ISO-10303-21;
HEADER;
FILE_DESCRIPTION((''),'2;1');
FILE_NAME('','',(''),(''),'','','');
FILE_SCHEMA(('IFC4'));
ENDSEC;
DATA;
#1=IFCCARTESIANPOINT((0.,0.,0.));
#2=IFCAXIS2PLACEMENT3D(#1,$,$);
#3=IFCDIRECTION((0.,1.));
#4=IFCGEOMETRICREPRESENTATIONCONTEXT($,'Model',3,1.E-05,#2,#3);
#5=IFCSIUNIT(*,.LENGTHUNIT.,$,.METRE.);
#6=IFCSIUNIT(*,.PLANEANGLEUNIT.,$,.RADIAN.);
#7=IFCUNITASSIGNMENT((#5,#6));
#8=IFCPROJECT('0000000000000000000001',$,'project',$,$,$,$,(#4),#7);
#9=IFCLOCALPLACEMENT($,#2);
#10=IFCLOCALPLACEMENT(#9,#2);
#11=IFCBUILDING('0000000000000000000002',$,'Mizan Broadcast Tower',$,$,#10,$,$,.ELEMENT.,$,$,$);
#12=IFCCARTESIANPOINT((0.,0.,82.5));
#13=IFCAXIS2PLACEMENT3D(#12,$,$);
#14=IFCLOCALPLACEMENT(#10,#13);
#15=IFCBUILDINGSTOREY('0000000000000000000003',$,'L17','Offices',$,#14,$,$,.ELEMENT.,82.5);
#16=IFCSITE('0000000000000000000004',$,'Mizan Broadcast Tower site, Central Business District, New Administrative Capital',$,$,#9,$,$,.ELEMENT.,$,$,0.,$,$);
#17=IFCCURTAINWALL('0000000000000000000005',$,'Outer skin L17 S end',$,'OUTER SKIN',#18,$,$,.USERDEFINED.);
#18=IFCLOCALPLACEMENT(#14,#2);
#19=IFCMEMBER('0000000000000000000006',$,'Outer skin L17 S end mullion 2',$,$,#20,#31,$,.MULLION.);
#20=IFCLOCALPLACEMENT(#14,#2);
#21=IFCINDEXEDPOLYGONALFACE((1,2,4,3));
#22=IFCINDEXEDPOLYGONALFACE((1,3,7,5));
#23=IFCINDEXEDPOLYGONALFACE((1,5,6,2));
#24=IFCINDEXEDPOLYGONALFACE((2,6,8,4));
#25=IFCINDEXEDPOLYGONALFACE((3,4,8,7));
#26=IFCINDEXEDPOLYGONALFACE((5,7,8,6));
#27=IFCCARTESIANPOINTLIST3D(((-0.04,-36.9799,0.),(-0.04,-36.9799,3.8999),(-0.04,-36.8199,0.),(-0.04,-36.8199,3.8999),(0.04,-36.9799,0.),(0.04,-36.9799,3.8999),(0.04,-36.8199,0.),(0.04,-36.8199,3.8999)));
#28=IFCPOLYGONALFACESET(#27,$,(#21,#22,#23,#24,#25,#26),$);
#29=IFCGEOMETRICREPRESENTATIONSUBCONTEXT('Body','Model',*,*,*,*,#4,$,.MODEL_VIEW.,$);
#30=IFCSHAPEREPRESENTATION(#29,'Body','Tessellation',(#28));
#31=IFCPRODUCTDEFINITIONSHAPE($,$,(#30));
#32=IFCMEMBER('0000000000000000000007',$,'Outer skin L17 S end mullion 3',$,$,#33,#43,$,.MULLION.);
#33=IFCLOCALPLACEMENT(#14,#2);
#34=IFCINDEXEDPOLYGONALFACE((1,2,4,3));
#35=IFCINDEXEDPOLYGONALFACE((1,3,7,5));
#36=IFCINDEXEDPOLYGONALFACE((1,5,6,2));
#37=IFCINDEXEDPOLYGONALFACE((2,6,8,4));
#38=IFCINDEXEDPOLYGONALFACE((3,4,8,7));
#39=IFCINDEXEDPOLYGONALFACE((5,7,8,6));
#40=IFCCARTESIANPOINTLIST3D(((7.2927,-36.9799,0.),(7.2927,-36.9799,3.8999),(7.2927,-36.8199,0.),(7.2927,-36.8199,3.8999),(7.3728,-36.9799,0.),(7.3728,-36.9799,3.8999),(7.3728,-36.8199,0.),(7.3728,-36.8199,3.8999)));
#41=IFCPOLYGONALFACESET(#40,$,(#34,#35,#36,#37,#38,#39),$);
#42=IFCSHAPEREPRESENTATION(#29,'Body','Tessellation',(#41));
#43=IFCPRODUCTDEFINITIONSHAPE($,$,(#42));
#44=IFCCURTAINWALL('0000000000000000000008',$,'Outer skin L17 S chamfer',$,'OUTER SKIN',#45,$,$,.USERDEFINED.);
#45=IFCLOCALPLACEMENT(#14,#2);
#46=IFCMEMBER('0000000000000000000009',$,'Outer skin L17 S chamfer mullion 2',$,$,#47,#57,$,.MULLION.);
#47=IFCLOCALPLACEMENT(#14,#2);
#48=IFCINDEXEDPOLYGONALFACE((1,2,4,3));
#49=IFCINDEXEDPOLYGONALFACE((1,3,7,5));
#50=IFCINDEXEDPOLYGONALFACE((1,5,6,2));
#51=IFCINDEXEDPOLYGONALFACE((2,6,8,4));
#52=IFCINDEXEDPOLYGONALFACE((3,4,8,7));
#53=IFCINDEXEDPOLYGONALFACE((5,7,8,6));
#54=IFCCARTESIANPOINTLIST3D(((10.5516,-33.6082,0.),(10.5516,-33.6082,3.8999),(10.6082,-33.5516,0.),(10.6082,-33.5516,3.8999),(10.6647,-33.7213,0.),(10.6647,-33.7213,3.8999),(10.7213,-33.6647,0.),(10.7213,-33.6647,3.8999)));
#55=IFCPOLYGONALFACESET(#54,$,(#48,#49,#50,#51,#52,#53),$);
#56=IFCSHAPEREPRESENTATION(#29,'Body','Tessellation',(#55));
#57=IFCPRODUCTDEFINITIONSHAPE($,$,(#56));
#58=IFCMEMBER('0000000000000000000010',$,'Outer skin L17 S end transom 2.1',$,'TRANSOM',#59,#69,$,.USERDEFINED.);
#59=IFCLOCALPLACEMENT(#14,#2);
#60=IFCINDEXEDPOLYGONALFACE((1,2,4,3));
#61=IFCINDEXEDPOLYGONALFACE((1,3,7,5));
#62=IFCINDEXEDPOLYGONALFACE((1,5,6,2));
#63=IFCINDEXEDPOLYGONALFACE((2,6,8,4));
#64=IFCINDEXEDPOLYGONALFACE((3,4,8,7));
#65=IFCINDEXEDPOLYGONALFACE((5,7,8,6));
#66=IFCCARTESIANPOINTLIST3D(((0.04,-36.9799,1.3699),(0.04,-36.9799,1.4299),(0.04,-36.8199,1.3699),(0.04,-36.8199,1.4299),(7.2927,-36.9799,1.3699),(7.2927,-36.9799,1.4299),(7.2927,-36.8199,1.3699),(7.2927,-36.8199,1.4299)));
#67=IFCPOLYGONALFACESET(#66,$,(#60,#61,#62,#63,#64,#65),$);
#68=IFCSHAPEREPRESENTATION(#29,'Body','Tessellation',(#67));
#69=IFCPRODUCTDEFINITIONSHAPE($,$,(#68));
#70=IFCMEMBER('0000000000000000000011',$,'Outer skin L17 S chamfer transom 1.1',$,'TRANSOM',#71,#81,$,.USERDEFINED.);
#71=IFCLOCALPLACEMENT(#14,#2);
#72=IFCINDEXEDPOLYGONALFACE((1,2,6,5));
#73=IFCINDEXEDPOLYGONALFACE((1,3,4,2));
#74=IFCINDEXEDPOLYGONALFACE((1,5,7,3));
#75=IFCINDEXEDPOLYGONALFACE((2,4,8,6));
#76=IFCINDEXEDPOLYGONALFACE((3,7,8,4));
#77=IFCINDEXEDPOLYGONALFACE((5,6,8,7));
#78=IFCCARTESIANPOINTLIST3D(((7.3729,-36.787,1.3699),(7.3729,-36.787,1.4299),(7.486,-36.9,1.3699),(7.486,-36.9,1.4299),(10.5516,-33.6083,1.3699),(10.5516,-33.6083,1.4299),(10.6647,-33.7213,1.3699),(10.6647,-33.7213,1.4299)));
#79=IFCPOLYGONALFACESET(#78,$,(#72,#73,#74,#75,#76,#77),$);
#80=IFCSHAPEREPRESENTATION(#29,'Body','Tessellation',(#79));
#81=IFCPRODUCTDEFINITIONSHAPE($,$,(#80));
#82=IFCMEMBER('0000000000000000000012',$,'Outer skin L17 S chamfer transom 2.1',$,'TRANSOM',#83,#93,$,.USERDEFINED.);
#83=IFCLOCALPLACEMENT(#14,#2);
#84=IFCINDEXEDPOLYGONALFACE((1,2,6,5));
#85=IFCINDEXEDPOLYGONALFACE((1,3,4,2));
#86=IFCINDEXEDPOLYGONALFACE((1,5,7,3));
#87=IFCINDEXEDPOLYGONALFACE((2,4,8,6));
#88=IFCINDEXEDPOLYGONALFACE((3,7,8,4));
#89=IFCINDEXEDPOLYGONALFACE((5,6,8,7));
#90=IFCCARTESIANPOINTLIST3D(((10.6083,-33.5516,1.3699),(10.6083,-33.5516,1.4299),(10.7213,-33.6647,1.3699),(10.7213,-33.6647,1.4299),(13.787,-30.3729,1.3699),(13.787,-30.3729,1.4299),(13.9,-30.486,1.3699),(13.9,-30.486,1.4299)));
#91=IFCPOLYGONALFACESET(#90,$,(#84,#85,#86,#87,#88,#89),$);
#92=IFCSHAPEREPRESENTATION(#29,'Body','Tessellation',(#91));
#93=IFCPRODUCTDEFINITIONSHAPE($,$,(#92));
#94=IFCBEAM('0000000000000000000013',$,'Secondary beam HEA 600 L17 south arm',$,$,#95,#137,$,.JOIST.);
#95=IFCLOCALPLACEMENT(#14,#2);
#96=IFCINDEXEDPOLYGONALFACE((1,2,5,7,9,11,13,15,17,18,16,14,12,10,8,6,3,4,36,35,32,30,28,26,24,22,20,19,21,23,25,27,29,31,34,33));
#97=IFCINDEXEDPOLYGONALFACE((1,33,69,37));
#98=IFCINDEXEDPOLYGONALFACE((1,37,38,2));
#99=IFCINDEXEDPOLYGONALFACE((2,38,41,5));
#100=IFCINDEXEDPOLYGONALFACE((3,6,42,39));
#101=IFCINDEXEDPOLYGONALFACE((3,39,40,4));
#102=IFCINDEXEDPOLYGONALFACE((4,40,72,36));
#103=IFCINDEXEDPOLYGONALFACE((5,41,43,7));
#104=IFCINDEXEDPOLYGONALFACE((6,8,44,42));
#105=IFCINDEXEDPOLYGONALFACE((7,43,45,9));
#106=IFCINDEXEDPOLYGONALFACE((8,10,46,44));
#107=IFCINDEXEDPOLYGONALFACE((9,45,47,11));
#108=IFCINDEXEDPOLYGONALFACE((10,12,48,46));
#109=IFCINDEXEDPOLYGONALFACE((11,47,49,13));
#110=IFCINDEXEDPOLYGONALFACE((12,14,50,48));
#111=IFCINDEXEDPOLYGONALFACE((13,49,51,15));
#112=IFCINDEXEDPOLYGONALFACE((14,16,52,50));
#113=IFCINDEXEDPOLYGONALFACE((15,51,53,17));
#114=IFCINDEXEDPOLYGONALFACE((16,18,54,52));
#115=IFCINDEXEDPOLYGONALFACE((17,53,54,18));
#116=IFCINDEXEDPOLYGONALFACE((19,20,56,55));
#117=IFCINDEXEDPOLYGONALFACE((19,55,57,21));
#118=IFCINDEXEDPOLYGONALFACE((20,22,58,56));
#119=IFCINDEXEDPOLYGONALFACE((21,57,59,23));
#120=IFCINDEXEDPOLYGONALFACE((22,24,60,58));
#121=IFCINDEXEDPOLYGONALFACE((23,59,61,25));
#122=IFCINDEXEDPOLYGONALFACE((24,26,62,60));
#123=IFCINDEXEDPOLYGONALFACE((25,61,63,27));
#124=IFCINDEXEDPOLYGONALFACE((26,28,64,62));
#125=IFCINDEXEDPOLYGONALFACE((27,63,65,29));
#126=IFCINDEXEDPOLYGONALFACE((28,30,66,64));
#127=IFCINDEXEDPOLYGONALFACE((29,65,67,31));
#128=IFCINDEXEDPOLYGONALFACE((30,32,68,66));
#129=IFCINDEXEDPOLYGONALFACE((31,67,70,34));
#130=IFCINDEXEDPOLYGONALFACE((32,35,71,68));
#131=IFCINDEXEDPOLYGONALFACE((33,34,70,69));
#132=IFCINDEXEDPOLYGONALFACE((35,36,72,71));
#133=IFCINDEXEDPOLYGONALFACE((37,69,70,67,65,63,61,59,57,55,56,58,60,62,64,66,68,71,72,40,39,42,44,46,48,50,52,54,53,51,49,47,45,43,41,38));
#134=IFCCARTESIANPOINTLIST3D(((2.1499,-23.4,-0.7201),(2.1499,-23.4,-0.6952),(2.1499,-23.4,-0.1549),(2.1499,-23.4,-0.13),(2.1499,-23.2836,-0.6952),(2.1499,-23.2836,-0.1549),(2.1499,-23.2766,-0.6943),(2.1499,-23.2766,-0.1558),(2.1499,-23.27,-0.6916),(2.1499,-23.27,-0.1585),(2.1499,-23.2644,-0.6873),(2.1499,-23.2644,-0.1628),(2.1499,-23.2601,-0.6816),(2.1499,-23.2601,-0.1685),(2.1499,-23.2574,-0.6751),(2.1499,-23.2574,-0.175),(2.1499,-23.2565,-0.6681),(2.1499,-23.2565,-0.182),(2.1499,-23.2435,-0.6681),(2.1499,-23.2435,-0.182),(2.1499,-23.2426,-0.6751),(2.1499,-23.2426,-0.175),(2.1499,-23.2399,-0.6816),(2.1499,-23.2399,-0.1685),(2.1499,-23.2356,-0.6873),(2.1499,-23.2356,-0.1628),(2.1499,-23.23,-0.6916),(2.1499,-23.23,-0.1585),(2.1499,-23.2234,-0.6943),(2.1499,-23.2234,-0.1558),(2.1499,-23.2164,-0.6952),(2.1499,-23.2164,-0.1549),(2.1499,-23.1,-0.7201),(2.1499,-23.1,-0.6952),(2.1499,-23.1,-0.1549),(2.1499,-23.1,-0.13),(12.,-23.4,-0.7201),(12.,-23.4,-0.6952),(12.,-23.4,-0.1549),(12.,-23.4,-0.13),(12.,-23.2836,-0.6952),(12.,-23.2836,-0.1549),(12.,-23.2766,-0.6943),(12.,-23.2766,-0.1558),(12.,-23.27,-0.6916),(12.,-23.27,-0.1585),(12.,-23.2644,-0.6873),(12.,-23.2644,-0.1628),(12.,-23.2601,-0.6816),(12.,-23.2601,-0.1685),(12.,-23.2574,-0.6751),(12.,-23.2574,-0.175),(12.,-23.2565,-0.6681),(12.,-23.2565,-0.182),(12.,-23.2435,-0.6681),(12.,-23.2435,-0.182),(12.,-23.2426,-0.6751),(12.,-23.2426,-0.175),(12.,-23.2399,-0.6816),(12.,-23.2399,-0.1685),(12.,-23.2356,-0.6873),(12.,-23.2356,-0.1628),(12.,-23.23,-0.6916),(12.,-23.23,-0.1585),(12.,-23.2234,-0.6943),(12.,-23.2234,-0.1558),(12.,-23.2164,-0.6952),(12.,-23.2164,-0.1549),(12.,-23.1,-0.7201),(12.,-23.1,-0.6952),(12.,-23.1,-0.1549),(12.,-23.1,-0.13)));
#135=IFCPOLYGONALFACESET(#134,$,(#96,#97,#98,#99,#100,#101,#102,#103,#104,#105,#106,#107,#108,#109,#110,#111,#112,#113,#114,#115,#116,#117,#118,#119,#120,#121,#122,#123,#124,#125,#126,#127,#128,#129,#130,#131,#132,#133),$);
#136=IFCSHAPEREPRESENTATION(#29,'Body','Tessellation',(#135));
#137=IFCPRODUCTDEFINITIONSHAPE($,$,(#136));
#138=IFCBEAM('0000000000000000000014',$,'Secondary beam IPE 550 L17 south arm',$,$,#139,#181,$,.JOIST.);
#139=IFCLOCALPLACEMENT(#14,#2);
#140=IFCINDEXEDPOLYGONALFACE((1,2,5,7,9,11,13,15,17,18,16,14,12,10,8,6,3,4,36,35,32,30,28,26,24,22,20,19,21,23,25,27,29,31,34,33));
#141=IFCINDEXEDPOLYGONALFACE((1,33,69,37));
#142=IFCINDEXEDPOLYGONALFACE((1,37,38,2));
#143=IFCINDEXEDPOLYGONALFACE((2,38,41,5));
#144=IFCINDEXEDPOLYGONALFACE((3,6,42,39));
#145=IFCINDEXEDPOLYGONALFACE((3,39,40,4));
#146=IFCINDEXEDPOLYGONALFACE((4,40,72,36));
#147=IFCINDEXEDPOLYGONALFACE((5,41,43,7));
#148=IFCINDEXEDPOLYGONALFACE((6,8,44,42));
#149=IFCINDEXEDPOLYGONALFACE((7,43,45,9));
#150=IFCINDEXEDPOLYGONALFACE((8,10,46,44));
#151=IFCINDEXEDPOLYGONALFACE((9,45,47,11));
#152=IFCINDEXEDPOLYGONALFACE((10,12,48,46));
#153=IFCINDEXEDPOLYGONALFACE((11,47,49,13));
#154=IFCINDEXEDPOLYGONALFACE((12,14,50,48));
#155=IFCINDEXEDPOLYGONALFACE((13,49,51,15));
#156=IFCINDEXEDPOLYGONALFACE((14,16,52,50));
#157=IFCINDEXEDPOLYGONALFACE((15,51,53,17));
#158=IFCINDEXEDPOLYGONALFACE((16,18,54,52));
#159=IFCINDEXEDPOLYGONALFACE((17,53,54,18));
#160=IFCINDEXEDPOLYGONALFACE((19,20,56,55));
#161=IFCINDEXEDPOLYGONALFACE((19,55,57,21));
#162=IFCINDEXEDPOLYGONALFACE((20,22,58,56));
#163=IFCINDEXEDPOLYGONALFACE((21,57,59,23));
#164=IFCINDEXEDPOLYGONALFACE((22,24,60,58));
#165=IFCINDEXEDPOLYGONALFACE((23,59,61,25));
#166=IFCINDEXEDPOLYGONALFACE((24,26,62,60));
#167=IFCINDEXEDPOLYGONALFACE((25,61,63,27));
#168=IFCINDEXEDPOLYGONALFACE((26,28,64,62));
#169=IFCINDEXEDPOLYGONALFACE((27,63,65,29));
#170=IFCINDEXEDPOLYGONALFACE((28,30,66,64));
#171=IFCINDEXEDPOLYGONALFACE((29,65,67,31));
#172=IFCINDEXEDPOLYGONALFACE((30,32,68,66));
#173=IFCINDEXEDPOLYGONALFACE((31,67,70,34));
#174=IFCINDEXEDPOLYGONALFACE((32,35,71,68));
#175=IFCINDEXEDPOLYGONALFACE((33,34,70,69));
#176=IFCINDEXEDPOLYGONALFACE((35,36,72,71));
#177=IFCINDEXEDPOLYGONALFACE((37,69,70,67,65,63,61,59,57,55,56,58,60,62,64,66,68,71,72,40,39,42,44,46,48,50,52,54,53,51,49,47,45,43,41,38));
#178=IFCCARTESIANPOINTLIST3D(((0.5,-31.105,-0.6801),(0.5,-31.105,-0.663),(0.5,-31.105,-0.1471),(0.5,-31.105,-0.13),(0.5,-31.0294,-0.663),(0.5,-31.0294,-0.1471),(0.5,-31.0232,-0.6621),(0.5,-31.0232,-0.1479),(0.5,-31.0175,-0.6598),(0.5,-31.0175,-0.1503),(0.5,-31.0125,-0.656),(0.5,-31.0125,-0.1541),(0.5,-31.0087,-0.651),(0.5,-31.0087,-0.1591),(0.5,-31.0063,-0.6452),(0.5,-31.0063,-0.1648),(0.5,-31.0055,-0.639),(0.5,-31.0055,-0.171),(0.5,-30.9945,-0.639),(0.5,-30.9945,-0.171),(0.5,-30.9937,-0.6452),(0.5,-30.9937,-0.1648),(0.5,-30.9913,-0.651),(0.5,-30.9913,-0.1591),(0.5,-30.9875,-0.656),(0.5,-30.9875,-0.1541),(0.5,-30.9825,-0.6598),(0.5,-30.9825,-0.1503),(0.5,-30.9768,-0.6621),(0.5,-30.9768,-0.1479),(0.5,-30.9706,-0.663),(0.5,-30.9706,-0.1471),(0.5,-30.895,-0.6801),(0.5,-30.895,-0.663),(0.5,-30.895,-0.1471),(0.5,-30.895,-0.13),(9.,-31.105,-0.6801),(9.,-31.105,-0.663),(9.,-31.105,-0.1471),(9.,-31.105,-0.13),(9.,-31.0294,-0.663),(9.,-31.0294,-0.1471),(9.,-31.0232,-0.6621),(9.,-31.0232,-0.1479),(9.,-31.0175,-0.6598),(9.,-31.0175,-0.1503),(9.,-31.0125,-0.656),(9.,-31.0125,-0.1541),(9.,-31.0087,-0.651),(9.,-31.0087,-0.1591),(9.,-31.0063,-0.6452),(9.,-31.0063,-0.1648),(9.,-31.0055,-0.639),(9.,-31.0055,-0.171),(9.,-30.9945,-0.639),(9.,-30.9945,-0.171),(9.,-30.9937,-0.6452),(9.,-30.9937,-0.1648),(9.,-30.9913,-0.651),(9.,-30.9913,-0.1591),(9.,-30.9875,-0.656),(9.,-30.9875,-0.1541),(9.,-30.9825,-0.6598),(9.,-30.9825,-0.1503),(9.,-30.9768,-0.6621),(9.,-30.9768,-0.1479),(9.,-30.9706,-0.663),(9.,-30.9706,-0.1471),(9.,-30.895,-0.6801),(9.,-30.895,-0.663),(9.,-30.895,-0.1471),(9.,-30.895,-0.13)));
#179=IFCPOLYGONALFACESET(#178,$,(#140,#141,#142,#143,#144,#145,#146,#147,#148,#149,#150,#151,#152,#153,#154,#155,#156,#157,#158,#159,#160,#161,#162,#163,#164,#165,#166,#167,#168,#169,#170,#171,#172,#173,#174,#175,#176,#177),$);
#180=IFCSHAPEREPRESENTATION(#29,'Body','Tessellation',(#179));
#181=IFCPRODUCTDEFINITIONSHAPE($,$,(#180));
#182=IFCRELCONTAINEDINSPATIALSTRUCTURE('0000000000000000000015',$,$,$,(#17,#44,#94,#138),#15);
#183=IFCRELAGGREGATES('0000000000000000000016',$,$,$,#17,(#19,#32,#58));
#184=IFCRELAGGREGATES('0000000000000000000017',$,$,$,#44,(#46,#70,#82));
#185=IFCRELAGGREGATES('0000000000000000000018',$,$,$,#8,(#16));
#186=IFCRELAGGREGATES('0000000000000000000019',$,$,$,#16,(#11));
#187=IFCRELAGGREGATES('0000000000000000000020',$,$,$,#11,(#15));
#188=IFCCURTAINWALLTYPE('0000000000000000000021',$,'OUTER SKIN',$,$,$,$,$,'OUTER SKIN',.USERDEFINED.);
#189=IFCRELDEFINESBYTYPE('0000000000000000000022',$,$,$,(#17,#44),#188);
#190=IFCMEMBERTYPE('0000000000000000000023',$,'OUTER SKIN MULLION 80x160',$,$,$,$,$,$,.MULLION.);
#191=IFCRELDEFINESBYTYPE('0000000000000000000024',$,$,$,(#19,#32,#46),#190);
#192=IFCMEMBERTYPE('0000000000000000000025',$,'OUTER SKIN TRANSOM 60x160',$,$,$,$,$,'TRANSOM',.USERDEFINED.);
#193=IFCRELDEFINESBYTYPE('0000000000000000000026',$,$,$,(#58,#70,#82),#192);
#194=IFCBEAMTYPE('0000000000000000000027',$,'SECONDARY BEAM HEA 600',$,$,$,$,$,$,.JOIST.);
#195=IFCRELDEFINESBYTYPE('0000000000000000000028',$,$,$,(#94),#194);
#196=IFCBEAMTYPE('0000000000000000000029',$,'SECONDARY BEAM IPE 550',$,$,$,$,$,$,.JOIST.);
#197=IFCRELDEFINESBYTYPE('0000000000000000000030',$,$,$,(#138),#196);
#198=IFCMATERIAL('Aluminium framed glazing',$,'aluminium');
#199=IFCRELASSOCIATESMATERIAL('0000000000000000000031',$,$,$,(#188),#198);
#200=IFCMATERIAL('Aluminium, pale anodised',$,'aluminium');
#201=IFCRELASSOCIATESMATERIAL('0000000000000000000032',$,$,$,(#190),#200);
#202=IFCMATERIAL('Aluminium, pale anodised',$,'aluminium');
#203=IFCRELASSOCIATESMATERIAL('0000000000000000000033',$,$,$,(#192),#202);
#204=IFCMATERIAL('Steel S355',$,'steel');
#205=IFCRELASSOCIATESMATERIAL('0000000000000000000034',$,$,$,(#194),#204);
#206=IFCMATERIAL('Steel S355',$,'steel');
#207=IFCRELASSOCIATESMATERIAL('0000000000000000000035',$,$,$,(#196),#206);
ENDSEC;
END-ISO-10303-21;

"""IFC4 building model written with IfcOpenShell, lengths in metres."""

from ifc_helpers import new_model, si_unit, direction, frame, origin, origin_2d, place, context, subcontext, project, spatial, rectangle, i_section, extrude, material, material_profile, profile_set, type_object, element, aggregate, save


model = new_model("IFC4")

# Units and contexts
model_context = context("Model", 3, precision=1e-05, world=origin(), true_north=direction((0.0, 1.0)))
body_context = subcontext(model_context, "Body", "Model", "MODEL_VIEW")
ifc_project = project(units=[si_unit("LENGTHUNIT", "METRE"), si_unit("PLANEANGLEUNIT", "RADIAN")], contexts=[model_context])

# Site, building, storey
site_placement = place(None, origin())
site = spatial("IfcSite", under=ifc_project, at=site_placement, Name="Mizan Broadcast Tower site, Central Business District, New Administrative Capital", CompositionType="ELEMENT", RefElevation=0.0)
building_placement = place(site_placement, origin())
building = spatial("IfcBuilding", under=site, at=building_placement, Name="Mizan Broadcast Tower", CompositionType="ELEMENT")
storey_placement = place(building_placement, frame((0.0, 0.0, 82.5)))
storey = spatial("IfcBuildingStorey", under=building, at=storey_placement, Name="L17", Description="Offices", CompositionType="ELEMENT", Elevation=82.5)

# Curtain wall, members
ifc_material_1 = material(Name="Aluminium framed glazing", Category="aluminium")
curtain_wall_type_1 = type_object("IfcCurtainWallType", Name="OUTER SKIN", ElementType="OUTER SKIN", PredefinedType="USERDEFINED", material=ifc_material_1)
curtain_wall_1_placement = place(storey_placement, origin())
curtain_wall_1 = element("IfcCurtainWall", 1, at=curtain_wall_1_placement, inside=storey, type_object=curtain_wall_type_1, Name="Outer skin L17 S end", ObjectType="OUTER SKIN", PredefinedType="USERDEFINED")
ifc_material_2 = material(Name="Aluminium, pale anodised", Category="aluminium")
ifc_material_profile_1 = material_profile(ifc_material_2, rectangle(XDim=0.1599, YDim=0.0801, at=origin_2d()), Name="MULLION 160x80")
ifc_profile_set_1 = profile_set([ifc_material_profile_1], Name="Aluminium, pale anodised")
member_type_1 = type_object("IfcMemberType", Name="OUTER SKIN MULLION 80x160", PredefinedType="MULLION", material=ifc_profile_set_1)
member_1_placement = place(storey_placement, frame((0.0, -36.8999, 0.0), z_axis=(0.0, 0.0, 1.0), x_axis=(0.0, 1.0, 0.0)))
member_1 = element("IfcMember", 2, at=member_1_placement, type_object=member_type_1, Name="Outer skin L17 S end mullion 2", PredefinedType="MULLION", context=body_context, shape_type="SweptSolid", body=[
    extrude(rectangle(XDim=0.1599, YDim=0.0801, at=origin_2d()), origin(), (0.0, 0.0, 1.0), 3.8999),
])
member_2_placement = place(storey_placement, frame((7.3328, -36.8999, 0.0), z_axis=(0.0, 0.0, 1.0), x_axis=(0.0, 1.0, 0.0)))
member_2 = element("IfcMember", 3, at=member_2_placement, type_object=member_type_1, Name="Outer skin L17 S end mullion 3", PredefinedType="MULLION", context=body_context, shape_type="SweptSolid", body=[
    extrude(rectangle(XDim=0.1599, YDim=0.0801, at=origin_2d()), origin(), (0.0, 0.0, 1.0), 3.8999),
])

# Curtain wall, member
curtain_wall_2_placement = place(storey_placement, origin())
curtain_wall_2 = element("IfcCurtainWall", 4, at=curtain_wall_2_placement, inside=storey, type_object=curtain_wall_type_1, Name="Outer skin L17 S chamfer", ObjectType="OUTER SKIN", PredefinedType="USERDEFINED")
member_3_placement = place(storey_placement, frame((10.6365, -33.6365, 0.0), z_axis=(0.0, 0.0, 1.0), x_axis=(-0.707107, 0.707107, 0.0)))
member_3 = element("IfcMember", 5, at=member_3_placement, type_object=member_type_1, Name="Outer skin L17 S chamfer mullion 2", PredefinedType="MULLION", context=body_context, shape_type="SweptSolid", body=[
    extrude(rectangle(XDim=0.1599, YDim=0.0801, at=origin_2d()), origin(), (0.0, 0.0, 1.0), 3.8999),
])

# Members
ifc_material_3 = material(Name="Aluminium, pale anodised", Category="aluminium")
ifc_material_profile_2 = material_profile(ifc_material_3, rectangle(XDim=0.1599, YDim=0.0601, at=origin_2d()), Name="TRANSOM 160x60")
ifc_profile_set_2 = profile_set([ifc_material_profile_2], Name="Aluminium, pale anodised")
member_type_2 = type_object("IfcMemberType", Name="OUTER SKIN TRANSOM 60x160", ElementType="TRANSOM", PredefinedType="USERDEFINED", material=ifc_profile_set_2)
member_4_placement = place(storey_placement, frame((0.04, -36.8999, 1.3999), z_axis=(1.0, 0.0, 0.0), x_axis=(0.0, 1.0, 0.0)))
member_4 = element("IfcMember", 6, at=member_4_placement, type_object=member_type_2, Name="Outer skin L17 S end transom 2.1", ObjectType="TRANSOM", PredefinedType="USERDEFINED", context=body_context, shape_type="SweptSolid", body=[
    extrude(rectangle(XDim=0.1599, YDim=0.0601, at=origin_2d()), origin(), (0.0, 0.0, 1.0), 7.2527),
])
member_5_placement = place(storey_placement, frame((7.4294, -36.8435, 1.3999), z_axis=(0.707107, 0.707107, 0.0), x_axis=(-0.707107, 0.707107, 0.0)))
member_5 = element("IfcMember", 7, at=member_5_placement, type_object=member_type_2, Name="Outer skin L17 S chamfer transom 1.1", ObjectType="TRANSOM", PredefinedType="USERDEFINED", context=body_context, shape_type="SweptSolid", body=[
    extrude(rectangle(XDim=0.1599, YDim=0.0601, at=origin_2d()), origin(), (0.0, 0.0, 1.0), 4.4954),
])
member_6_placement = place(storey_placement, frame((10.6648, -33.6082, 1.3999), z_axis=(0.707107, 0.707107, 0.0), x_axis=(-0.707107, 0.707107, 0.0)))
member_6 = element("IfcMember", 8, at=member_6_placement, type_object=member_type_2, Name="Outer skin L17 S chamfer transom 2.1", ObjectType="TRANSOM", PredefinedType="USERDEFINED", context=body_context, shape_type="SweptSolid", body=[
    extrude(rectangle(XDim=0.1599, YDim=0.0601, at=origin_2d()), origin(), (0.0, 0.0, 1.0), 4.4954),
])

# Beams
ifc_material_4 = material(Name="Steel S355", Category="steel")
ifc_material_profile_3 = material_profile(ifc_material_4, i_section(OverallWidth=0.3, OverallDepth=0.5901, WebThickness=0.0129, FlangeThickness=0.0249, FilletRadius=0.0271, at=origin_2d()), Name="HEA 600")
ifc_profile_set_3 = profile_set([ifc_material_profile_3], Name="Steel S355")
beam_type_1 = type_object("IfcBeamType", Name="SECONDARY BEAM HEA 600", PredefinedType="JOIST", material=ifc_profile_set_3)
beam_1_placement = place(storey_placement, frame((12.0, -23.25, -0.425), z_axis=(-1.0, 0.0, 0.0), x_axis=(0.0, -1.0, 0.0)))
element("IfcBeam", 9, at=beam_1_placement, inside=storey, type_object=beam_type_1, Name="Secondary beam HEA 600 L17 south arm", PredefinedType="JOIST", context=body_context, shape_type="SweptSolid", body=[
    extrude(i_section(OverallWidth=0.3, OverallDepth=0.5901, WebThickness=0.0129, FlangeThickness=0.0249, FilletRadius=0.0271, at=origin_2d()), origin(), (0.0, 0.0, 1.0), 9.8501),
])
ifc_material_5 = material(Name="Steel S355", Category="steel")
ifc_material_profile_4 = material_profile(ifc_material_5, i_section(OverallWidth=0.21, OverallDepth=0.55, WebThickness=0.011, FlangeThickness=0.0171, FilletRadius=0.0239, at=origin_2d()), Name="IPE 550")
ifc_profile_set_4 = profile_set([ifc_material_profile_4], Name="Steel S355")
beam_type_2 = type_object("IfcBeamType", Name="SECONDARY BEAM IPE 550", PredefinedType="JOIST", material=ifc_profile_set_4)
beam_2_placement = place(storey_placement, frame((9.0, -31.0, -0.405), z_axis=(-1.0, 0.0, 0.0), x_axis=(0.0, -1.0, 0.0)))
element("IfcBeam", 10, at=beam_2_placement, inside=storey, type_object=beam_type_2, Name="Secondary beam IPE 550 L17 south arm", PredefinedType="JOIST", context=body_context, shape_type="SweptSolid", body=[
    extrude(i_section(OverallWidth=0.21, OverallDepth=0.55, WebThickness=0.011, FlangeThickness=0.0171, FilletRadius=0.0239, at=origin_2d()), origin(), (0.0, 0.0, 1.0), 8.5),
])

aggregate(curtain_wall_1, [member_1, member_2, member_4])
aggregate(curtain_wall_2, [member_3, member_5, member_6])

save(model, "model.ifc")
